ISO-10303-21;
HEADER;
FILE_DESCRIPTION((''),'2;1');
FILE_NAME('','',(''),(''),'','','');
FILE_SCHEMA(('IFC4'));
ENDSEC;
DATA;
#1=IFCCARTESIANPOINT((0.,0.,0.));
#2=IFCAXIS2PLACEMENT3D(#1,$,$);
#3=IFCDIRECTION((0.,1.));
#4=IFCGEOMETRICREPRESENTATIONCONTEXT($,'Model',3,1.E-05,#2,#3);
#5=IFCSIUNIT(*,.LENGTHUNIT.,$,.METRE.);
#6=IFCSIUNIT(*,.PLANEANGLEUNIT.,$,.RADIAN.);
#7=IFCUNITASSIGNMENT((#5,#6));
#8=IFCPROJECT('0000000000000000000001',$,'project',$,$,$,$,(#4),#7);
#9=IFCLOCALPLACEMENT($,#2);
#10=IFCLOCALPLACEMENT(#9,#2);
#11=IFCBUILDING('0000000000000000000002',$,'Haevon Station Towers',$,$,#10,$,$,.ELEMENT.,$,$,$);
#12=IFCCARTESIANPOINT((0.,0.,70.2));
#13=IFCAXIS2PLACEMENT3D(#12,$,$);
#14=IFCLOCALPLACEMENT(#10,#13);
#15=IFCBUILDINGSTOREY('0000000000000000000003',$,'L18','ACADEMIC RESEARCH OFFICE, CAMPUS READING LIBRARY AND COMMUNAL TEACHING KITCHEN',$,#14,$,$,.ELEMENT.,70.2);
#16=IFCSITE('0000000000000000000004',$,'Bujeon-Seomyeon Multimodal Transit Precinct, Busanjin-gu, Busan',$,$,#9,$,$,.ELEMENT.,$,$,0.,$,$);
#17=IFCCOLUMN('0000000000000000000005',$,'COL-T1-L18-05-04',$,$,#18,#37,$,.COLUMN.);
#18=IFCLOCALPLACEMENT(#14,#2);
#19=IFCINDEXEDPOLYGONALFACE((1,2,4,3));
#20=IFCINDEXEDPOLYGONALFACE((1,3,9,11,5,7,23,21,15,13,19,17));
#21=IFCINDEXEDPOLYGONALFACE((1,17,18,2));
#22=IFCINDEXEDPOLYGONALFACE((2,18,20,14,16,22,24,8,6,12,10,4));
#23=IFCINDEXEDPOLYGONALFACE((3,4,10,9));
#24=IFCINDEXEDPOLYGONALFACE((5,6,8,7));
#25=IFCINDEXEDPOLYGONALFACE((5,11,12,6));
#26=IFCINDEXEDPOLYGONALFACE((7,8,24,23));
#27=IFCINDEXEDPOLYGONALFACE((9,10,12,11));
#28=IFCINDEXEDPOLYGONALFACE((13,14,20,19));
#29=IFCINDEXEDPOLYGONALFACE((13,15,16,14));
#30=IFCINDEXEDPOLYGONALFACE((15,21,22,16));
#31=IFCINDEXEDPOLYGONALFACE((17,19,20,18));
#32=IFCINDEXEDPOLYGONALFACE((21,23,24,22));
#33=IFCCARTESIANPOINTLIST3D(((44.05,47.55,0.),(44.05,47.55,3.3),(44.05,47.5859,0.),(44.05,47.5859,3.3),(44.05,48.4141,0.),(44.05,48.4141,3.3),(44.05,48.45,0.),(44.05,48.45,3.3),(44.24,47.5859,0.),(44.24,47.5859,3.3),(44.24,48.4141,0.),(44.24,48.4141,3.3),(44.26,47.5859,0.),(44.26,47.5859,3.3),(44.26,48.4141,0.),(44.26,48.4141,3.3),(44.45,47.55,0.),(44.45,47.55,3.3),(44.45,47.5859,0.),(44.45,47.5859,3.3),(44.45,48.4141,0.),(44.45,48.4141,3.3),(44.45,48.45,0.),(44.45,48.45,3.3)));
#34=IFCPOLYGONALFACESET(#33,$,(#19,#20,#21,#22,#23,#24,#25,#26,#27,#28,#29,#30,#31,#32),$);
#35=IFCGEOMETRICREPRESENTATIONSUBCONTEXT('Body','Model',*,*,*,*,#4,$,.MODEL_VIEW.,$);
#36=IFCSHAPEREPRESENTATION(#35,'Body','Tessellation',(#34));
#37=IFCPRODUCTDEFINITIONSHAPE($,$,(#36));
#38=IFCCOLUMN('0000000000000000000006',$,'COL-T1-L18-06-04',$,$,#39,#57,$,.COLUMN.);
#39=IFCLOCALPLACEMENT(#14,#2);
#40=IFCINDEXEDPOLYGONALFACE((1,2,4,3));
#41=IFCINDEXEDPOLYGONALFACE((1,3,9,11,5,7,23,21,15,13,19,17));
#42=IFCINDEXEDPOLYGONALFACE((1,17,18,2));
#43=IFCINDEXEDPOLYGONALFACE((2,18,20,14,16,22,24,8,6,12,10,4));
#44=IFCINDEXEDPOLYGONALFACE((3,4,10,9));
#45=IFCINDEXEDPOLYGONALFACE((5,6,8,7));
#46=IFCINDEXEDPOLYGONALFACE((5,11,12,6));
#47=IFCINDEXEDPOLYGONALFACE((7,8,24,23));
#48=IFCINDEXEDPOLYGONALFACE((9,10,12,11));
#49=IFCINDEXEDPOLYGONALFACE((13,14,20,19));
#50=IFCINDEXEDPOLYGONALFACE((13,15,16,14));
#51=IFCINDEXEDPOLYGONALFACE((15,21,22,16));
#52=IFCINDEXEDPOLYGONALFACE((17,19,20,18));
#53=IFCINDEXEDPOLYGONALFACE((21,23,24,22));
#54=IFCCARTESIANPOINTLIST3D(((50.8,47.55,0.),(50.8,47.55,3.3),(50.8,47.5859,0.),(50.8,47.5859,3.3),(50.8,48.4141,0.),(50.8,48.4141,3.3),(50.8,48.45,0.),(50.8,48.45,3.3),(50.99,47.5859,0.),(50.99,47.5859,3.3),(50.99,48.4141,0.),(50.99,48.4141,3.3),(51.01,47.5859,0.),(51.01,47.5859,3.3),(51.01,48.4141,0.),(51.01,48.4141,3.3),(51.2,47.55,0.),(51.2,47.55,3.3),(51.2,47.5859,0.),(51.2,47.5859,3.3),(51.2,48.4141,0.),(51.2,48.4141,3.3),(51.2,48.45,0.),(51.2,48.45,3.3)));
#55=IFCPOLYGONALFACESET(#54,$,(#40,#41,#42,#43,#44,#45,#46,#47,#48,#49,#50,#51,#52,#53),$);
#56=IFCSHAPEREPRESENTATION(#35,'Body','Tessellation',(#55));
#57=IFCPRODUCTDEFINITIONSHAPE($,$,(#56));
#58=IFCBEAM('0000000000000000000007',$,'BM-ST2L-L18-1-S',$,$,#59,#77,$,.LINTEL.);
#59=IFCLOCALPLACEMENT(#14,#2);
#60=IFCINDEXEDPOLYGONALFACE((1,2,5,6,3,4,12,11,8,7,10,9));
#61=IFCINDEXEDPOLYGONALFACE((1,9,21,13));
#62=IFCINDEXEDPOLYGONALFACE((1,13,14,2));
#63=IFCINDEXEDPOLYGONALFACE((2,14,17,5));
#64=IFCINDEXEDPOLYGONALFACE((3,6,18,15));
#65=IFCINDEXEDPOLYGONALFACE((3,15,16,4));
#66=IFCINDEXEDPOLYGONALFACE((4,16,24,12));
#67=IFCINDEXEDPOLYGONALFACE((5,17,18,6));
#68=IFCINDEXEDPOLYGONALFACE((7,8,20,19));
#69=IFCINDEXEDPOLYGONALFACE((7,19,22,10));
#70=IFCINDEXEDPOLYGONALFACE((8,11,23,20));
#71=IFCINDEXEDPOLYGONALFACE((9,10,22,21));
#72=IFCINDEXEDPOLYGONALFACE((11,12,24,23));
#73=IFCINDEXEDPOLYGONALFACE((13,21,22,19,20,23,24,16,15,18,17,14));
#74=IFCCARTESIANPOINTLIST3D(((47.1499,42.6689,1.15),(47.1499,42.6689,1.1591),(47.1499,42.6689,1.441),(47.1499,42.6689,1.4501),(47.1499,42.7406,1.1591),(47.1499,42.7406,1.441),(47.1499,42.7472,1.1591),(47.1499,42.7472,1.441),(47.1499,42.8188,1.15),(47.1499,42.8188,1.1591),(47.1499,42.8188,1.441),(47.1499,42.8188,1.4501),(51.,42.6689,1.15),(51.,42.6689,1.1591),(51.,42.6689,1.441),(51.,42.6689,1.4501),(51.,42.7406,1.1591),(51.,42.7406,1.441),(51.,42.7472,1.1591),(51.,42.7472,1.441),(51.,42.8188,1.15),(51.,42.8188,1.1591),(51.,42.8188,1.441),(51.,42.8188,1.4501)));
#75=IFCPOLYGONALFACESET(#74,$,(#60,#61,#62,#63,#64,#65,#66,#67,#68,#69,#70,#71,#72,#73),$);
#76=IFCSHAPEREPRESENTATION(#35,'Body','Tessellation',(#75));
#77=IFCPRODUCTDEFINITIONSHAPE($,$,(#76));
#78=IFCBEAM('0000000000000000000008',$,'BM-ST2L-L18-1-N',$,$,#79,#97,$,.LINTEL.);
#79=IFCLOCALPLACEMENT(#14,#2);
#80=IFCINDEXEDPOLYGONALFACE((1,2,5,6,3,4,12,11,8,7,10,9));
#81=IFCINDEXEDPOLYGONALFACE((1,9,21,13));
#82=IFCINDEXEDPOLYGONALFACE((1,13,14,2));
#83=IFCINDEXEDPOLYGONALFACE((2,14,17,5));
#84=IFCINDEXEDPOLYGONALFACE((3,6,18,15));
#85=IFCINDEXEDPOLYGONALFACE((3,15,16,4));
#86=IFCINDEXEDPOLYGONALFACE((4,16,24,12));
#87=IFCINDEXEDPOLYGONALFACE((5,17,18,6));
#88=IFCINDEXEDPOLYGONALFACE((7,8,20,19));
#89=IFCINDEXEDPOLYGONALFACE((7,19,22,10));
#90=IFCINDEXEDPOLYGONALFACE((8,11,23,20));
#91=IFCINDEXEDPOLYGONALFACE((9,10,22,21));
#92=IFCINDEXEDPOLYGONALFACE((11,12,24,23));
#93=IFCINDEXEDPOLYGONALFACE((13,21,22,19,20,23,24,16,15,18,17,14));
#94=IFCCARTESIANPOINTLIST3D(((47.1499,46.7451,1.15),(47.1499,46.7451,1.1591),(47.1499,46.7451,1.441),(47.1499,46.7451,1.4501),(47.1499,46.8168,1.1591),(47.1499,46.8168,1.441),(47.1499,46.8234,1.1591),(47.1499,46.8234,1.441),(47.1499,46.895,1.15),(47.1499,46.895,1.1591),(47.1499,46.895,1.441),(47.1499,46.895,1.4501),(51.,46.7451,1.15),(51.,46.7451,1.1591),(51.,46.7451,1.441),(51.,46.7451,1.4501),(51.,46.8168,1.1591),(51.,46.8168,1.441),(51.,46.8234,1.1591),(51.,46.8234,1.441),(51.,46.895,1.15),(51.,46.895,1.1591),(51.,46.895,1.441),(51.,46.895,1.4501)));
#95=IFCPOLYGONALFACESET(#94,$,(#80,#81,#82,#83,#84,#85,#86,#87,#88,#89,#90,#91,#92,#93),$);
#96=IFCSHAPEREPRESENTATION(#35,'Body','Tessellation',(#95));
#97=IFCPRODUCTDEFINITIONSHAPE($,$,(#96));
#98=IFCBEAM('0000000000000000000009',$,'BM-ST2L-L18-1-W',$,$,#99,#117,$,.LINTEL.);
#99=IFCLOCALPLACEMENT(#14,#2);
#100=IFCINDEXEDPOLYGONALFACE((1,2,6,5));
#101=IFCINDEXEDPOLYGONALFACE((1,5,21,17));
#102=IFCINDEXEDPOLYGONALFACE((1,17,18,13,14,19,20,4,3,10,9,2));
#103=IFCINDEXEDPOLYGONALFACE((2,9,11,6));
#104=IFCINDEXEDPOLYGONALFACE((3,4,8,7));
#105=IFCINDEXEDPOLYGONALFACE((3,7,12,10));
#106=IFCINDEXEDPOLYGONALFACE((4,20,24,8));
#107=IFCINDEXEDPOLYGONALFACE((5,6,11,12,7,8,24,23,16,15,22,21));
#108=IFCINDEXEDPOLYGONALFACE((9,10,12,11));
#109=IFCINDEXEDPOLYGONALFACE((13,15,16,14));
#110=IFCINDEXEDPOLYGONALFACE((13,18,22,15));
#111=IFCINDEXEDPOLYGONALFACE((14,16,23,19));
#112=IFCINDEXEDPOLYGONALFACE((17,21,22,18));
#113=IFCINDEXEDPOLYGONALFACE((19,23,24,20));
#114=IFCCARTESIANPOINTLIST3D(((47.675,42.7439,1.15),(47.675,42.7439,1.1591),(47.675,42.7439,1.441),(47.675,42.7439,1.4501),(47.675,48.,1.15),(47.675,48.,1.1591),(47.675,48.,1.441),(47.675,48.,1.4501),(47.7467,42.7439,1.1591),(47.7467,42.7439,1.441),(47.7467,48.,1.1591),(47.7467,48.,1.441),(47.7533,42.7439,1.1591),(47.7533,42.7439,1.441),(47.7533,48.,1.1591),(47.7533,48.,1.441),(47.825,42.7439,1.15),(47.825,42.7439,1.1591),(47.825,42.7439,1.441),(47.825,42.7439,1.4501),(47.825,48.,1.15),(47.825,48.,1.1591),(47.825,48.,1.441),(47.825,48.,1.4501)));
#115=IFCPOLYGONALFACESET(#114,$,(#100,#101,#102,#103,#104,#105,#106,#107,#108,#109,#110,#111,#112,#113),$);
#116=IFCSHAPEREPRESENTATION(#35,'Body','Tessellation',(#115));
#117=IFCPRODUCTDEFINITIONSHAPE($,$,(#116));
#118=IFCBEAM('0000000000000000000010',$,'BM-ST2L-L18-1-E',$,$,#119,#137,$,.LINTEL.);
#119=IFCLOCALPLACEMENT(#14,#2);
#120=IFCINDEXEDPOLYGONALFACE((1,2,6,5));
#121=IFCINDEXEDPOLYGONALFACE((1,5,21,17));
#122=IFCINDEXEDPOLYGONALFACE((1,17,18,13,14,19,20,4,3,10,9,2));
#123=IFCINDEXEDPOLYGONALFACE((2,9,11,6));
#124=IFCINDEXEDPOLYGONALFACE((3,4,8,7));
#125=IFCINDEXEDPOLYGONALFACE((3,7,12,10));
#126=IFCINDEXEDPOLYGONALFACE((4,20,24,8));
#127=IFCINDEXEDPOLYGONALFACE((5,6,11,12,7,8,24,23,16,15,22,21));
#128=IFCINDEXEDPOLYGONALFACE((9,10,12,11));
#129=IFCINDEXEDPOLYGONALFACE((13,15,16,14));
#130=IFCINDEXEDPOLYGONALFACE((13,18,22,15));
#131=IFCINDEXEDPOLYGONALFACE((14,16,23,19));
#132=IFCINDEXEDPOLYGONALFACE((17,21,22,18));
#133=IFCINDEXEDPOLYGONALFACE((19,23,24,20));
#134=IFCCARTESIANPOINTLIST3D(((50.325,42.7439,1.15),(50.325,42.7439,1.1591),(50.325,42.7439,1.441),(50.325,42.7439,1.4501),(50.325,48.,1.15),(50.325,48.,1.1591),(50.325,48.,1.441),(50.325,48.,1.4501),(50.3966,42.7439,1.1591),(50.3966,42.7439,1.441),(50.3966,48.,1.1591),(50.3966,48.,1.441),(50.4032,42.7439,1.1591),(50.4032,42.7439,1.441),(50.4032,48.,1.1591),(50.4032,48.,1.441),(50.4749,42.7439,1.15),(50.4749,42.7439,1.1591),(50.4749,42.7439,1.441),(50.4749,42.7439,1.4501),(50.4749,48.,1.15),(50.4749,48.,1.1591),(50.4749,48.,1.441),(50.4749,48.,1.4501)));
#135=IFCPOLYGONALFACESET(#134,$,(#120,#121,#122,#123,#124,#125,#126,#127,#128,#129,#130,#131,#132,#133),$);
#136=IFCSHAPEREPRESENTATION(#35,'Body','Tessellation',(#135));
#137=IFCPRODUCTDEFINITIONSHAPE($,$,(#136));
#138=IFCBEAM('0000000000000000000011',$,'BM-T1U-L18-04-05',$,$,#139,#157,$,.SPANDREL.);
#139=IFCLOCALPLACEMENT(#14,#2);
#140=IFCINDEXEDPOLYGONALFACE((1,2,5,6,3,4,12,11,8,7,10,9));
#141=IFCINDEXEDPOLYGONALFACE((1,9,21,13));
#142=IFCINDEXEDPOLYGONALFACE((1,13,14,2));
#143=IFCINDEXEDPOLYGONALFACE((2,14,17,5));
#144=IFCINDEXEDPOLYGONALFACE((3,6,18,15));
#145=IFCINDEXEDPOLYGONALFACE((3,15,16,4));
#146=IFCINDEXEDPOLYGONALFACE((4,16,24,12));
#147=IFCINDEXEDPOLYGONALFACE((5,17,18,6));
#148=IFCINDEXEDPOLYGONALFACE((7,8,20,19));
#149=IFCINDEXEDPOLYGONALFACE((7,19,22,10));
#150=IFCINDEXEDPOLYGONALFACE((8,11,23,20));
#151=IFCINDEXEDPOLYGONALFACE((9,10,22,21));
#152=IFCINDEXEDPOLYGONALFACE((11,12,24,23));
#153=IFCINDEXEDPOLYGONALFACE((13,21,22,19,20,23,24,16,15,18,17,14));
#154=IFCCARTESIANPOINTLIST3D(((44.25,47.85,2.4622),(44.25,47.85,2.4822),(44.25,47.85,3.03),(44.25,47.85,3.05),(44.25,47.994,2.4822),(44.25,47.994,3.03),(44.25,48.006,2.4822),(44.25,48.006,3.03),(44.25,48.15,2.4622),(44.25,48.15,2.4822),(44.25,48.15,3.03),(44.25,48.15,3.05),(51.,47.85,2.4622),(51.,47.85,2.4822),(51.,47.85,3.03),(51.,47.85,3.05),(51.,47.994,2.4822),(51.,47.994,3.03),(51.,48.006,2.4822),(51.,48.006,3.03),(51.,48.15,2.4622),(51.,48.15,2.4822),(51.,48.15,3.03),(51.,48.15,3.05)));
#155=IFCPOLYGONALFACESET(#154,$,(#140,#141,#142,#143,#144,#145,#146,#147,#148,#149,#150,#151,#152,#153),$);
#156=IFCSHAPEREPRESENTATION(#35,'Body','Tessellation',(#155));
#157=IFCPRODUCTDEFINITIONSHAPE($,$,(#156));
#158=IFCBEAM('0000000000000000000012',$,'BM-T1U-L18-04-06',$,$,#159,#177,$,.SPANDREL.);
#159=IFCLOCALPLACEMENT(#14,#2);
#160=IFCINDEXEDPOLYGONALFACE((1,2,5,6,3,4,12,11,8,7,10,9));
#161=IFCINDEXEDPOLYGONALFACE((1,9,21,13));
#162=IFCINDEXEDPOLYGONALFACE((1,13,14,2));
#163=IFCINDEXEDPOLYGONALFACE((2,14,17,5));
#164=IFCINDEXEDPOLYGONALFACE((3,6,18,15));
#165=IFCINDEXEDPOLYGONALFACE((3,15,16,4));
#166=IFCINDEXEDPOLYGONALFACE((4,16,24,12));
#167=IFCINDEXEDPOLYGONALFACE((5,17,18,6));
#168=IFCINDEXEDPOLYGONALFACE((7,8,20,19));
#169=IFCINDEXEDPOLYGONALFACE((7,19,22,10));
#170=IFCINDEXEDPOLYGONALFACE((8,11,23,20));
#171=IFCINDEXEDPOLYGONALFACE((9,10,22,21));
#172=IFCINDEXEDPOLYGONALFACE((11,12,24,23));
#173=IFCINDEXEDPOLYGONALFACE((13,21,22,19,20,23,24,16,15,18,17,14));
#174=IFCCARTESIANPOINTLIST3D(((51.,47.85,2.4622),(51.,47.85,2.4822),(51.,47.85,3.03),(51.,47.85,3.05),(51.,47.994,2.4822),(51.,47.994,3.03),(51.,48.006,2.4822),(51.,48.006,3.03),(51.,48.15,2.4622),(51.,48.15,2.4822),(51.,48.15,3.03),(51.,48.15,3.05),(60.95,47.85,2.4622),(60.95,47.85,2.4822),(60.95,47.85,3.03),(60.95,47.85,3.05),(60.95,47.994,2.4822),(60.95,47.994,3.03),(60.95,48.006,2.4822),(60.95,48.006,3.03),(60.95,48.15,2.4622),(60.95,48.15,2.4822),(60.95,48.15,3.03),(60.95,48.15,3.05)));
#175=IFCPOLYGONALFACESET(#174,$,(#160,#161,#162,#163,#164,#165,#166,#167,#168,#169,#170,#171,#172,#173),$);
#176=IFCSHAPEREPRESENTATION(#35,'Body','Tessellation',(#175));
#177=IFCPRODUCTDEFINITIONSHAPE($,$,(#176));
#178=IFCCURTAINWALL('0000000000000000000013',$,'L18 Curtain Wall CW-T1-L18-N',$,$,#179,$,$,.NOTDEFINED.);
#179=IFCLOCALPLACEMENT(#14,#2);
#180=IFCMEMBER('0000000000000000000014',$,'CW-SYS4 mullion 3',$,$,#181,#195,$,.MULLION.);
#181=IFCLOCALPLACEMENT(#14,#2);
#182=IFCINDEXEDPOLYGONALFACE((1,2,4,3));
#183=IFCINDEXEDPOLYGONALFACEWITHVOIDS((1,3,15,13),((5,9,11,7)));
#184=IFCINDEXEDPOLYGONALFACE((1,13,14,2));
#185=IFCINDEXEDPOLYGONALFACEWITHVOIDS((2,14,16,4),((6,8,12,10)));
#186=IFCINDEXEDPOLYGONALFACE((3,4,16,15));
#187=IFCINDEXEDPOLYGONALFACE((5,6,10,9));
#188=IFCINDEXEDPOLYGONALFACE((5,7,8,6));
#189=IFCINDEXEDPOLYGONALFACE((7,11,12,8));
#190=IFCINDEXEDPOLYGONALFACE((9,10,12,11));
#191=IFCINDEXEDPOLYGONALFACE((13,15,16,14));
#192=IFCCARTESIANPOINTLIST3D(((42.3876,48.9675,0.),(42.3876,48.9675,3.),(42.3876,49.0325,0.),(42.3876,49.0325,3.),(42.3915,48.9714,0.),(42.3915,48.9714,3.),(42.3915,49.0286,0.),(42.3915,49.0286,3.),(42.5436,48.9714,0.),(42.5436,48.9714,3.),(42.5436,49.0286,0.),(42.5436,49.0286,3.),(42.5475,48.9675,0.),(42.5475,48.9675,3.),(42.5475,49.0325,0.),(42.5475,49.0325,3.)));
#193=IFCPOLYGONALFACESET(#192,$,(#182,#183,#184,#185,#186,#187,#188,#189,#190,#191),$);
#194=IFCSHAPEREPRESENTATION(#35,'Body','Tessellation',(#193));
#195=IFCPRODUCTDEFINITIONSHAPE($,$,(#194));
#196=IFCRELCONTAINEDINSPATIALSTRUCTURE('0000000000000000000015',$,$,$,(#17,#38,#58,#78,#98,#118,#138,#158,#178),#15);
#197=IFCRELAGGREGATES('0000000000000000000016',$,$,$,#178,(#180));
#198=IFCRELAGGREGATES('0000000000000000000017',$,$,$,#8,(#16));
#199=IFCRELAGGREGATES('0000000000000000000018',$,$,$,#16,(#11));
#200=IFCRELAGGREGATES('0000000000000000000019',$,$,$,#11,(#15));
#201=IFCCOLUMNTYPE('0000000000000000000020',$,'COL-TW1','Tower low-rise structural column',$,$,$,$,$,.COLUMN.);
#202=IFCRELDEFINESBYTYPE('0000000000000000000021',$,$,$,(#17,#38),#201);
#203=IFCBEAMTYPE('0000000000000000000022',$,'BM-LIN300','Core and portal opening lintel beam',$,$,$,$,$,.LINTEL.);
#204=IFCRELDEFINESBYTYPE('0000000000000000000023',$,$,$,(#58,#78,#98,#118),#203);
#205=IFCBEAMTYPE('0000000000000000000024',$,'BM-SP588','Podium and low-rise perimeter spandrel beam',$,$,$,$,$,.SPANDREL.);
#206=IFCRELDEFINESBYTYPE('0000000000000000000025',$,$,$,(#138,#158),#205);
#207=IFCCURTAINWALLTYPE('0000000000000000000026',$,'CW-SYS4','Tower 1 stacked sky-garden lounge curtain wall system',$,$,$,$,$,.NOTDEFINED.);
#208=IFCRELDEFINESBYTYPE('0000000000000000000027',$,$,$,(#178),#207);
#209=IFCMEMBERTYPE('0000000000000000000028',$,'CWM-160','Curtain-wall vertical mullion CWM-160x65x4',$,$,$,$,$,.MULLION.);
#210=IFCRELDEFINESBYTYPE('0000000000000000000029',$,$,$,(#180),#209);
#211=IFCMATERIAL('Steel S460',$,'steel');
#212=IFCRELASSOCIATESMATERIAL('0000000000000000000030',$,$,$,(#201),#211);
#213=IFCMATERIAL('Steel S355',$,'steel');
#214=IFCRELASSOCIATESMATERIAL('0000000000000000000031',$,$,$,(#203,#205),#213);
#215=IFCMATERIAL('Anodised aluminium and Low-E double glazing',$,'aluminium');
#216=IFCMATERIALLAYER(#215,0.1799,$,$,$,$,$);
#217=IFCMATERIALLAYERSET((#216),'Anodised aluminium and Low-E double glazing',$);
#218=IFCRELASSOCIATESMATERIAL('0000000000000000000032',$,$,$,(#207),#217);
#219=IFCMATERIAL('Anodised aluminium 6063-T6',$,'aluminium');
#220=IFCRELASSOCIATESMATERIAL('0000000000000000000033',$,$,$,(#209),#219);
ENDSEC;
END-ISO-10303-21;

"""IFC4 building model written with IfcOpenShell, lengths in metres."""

from ifc_helpers import new_model, si_unit, direction, frame, origin, origin_2d, place, context, subcontext, project, spatial, hollow_rectangle, i_section, extrude, material, layer, layer_set, material_profile, profile_set, type_object, element, aggregate, save


model = new_model("IFC4")

# Units and contexts
model_context = context("Model", 3, precision=1e-05, world=origin(), true_north=direction((0.0, 1.0)))
body_context = subcontext(model_context, "Body", "Model", "MODEL_VIEW")
ifc_project = project(units=[si_unit("LENGTHUNIT", "METRE"), si_unit("PLANEANGLEUNIT", "RADIAN")], contexts=[model_context])

# Site, building, storey
site_placement = place(None, origin())
site = spatial("IfcSite", under=ifc_project, at=site_placement, Name="Bujeon-Seomyeon Multimodal Transit Precinct, Busanjin-gu, Busan", CompositionType="ELEMENT", RefElevation=0.0)
building_placement = place(site_placement, origin())
building = spatial("IfcBuilding", under=site, at=building_placement, Name="Haevon Station Towers", CompositionType="ELEMENT")
storey_placement = place(building_placement, frame((0.0, 0.0, 70.2)))
storey = spatial("IfcBuildingStorey", under=building, at=storey_placement, Name="L18", Description="ACADEMIC RESEARCH OFFICE, CAMPUS READING LIBRARY AND COMMUNAL TEACHING KITCHEN", CompositionType="ELEMENT", Elevation=70.2)

# Columns
ifc_material_1 = material(Name="Steel S460", Category="steel")
ifc_material_profile_1 = material_profile(ifc_material_1, i_section(OverallWidth=0.3999, OverallDepth=0.8999, WebThickness=0.02, FlangeThickness=0.0359, at=origin_2d()), Name="H-900x400x20x36")
ifc_profile_set_1 = profile_set([ifc_material_profile_1], Name="Steel S460")
column_type = type_object("IfcColumnType", Name="COL-TW1", Description="Tower low-rise structural column", PredefinedType="COLUMN", material=ifc_profile_set_1)
for number, where, z_axis, x_axis, name in (
    (1, (44.25, 48.0, 0.0), (0.0, 0.0, 1.0), (1.0, 0.0, 0.0), "COL-T1-L18-05-04"),
    (2, (51.0, 48.0, 0.0), (0.0, 0.0, 1.0), (1.0, 0.0, 0.0), "COL-T1-L18-06-04"),
):
    element("IfcColumn", number, at=place(storey_placement, frame(where, z_axis=z_axis, x_axis=x_axis)), inside=storey, type_object=column_type, Name=name, PredefinedType="COLUMN", context=body_context, shape_type="SweptSolid", body=[
        extrude(i_section(OverallWidth=0.3999, OverallDepth=0.8999, WebThickness=0.02, FlangeThickness=0.0359, at=origin_2d()), origin(), (0.0, 0.0, 1.0), 3.3),
    ])

# Beams
ifc_material_2 = material(Name="Steel S355", Category="steel")
ifc_material_profile_2 = material_profile(ifc_material_2, i_section(OverallWidth=0.1499, OverallDepth=0.3, WebThickness=0.0066, FlangeThickness=0.009, at=origin_2d()), Name="H-300x150x6.5x9")
ifc_profile_set_2 = profile_set([ifc_material_profile_2], Name="Steel S355")
beam_type_1 = type_object("IfcBeamType", Name="BM-LIN300", Description="Core and portal opening lintel beam", PredefinedType="LINTEL", material=ifc_profile_set_2)
for number, where, z_axis, x_axis, name in (
    (3, (47.1499, 42.7439, 1.3), (1.0, 0.0, 0.0), (0.0, 1.0, 0.0), "BM-ST2L-L18-1-S"),
    (4, (47.1499, 46.8201, 1.3), (1.0, 0.0, 0.0), (0.0, 1.0, 0.0), "BM-ST2L-L18-1-N"),
):
    element("IfcBeam", number, at=place(storey_placement, frame(where, z_axis=z_axis, x_axis=x_axis)), inside=storey, type_object=beam_type_1, Name=name, PredefinedType="LINTEL", context=body_context, shape_type="SweptSolid", body=[
        extrude(i_section(OverallWidth=0.1499, OverallDepth=0.3, WebThickness=0.0066, FlangeThickness=0.009, at=origin_2d()), origin(), (0.0, 0.0, 1.0), 3.8501),
    ])
for number, where, z_axis, x_axis, name in (
    (5, (47.75, 42.7439, 1.3), (0.0, 1.0, 0.0), (-1.0, 0.0, 0.0), "BM-ST2L-L18-1-W"),
    (6, (50.3999, 42.7439, 1.3), (0.0, 1.0, 0.0), (-1.0, 0.0, 0.0), "BM-ST2L-L18-1-E"),
):
    element("IfcBeam", number, at=place(storey_placement, frame(where, z_axis=z_axis, x_axis=x_axis)), inside=storey, type_object=beam_type_1, Name=name, PredefinedType="LINTEL", context=body_context, shape_type="SweptSolid", body=[
        extrude(i_section(OverallWidth=0.1499, OverallDepth=0.3, WebThickness=0.0066, FlangeThickness=0.009, at=origin_2d()), origin(), (0.0, 0.0, 1.0), 5.2561),
    ])
ifc_material_profile_3 = material_profile(ifc_material_2, i_section(OverallWidth=0.3, OverallDepth=0.5879, WebThickness=0.012, FlangeThickness=0.02, at=origin_2d()), Name="H-588x300x12x20")
ifc_profile_set_3 = profile_set([ifc_material_profile_3], Name="Steel S355")
beam_type_2 = type_object("IfcBeamType", Name="BM-SP588", Description="Podium and low-rise perimeter spandrel beam", PredefinedType="SPANDREL", material=ifc_profile_set_3)
beam_1_placement = place(storey_placement, frame((44.25, 48.0, 2.7561), z_axis=(1.0, 0.0, 0.0), x_axis=(0.0, 1.0, 0.0)))
element("IfcBeam", 7, at=beam_1_placement, inside=storey, type_object=beam_type_2, Name="BM-T1U-L18-04-05", PredefinedType="SPANDREL", context=body_context, shape_type="SweptSolid", body=[
    extrude(i_section(OverallWidth=0.3, OverallDepth=0.5879, WebThickness=0.012, FlangeThickness=0.02, at=origin_2d()), origin(), (0.0, 0.0, 1.0), 6.75),
])
beam_2_placement = place(storey_placement, frame((51.0, 48.0, 2.7561), z_axis=(1.0, 0.0, 0.0), x_axis=(0.0, 1.0, 0.0)))
element("IfcBeam", 8, at=beam_2_placement, inside=storey, type_object=beam_type_2, Name="BM-T1U-L18-04-06", PredefinedType="SPANDREL", context=body_context, shape_type="SweptSolid", body=[
    extrude(i_section(OverallWidth=0.3, OverallDepth=0.5879, WebThickness=0.012, FlangeThickness=0.02, at=origin_2d()), origin(), (0.0, 0.0, 1.0), 9.95),
])

# Curtain wall, member
ifc_material_3 = material(Name="Anodised aluminium and Low-E double glazing", Category="aluminium")
ifc_layer_1 = layer(ifc_material_3, 0.1799)
ifc_layer_set_1 = layer_set([ifc_layer_1], Name="Anodised aluminium and Low-E double glazing")
curtain_wall_type = type_object("IfcCurtainWallType", Name="CW-SYS4", Description="Tower 1 stacked sky-garden lounge curtain wall system", PredefinedType="NOTDEFINED", material=ifc_layer_set_1)
curtain_wall_placement = place(storey_placement, origin())
curtain_wall = element("IfcCurtainWall", 9, at=curtain_wall_placement, inside=storey, type_object=curtain_wall_type, Name="L18 Curtain Wall CW-T1-L18-N", PredefinedType="NOTDEFINED")
ifc_material_4 = material(Name="Anodised aluminium 6063-T6", Category="aluminium")
ifc_material_profile_4 = material_profile(ifc_material_4, hollow_rectangle(XDim=0.0649, YDim=0.1599, WallThickness=0.0039, at=origin_2d()), Name="CWM-160x65x4")
ifc_profile_set_4 = profile_set([ifc_material_profile_4], Name="Anodised aluminium 6063-T6")
member_type = type_object("IfcMemberType", Name="CWM-160", Description="Curtain-wall vertical mullion CWM-160x65x4", PredefinedType="MULLION", material=ifc_profile_set_4)
member_placement = place(storey_placement, frame((42.4675, 49.0, 0.0), z_axis=(0.0, 0.0, 1.0), x_axis=(0.0, 1.0, 0.0)))
member = element("IfcMember", 10, at=member_placement, type_object=member_type, Name="CW-SYS4 mullion 3", PredefinedType="MULLION", context=body_context, shape_type="SweptSolid", body=[
    extrude(hollow_rectangle(XDim=0.0649, YDim=0.1599, WallThickness=0.0039, at=origin_2d()), origin(), (0.0, 0.0, 1.0), 3.0),
])
aggregate(curtain_wall, [member])

save(model, "model.ifc")
